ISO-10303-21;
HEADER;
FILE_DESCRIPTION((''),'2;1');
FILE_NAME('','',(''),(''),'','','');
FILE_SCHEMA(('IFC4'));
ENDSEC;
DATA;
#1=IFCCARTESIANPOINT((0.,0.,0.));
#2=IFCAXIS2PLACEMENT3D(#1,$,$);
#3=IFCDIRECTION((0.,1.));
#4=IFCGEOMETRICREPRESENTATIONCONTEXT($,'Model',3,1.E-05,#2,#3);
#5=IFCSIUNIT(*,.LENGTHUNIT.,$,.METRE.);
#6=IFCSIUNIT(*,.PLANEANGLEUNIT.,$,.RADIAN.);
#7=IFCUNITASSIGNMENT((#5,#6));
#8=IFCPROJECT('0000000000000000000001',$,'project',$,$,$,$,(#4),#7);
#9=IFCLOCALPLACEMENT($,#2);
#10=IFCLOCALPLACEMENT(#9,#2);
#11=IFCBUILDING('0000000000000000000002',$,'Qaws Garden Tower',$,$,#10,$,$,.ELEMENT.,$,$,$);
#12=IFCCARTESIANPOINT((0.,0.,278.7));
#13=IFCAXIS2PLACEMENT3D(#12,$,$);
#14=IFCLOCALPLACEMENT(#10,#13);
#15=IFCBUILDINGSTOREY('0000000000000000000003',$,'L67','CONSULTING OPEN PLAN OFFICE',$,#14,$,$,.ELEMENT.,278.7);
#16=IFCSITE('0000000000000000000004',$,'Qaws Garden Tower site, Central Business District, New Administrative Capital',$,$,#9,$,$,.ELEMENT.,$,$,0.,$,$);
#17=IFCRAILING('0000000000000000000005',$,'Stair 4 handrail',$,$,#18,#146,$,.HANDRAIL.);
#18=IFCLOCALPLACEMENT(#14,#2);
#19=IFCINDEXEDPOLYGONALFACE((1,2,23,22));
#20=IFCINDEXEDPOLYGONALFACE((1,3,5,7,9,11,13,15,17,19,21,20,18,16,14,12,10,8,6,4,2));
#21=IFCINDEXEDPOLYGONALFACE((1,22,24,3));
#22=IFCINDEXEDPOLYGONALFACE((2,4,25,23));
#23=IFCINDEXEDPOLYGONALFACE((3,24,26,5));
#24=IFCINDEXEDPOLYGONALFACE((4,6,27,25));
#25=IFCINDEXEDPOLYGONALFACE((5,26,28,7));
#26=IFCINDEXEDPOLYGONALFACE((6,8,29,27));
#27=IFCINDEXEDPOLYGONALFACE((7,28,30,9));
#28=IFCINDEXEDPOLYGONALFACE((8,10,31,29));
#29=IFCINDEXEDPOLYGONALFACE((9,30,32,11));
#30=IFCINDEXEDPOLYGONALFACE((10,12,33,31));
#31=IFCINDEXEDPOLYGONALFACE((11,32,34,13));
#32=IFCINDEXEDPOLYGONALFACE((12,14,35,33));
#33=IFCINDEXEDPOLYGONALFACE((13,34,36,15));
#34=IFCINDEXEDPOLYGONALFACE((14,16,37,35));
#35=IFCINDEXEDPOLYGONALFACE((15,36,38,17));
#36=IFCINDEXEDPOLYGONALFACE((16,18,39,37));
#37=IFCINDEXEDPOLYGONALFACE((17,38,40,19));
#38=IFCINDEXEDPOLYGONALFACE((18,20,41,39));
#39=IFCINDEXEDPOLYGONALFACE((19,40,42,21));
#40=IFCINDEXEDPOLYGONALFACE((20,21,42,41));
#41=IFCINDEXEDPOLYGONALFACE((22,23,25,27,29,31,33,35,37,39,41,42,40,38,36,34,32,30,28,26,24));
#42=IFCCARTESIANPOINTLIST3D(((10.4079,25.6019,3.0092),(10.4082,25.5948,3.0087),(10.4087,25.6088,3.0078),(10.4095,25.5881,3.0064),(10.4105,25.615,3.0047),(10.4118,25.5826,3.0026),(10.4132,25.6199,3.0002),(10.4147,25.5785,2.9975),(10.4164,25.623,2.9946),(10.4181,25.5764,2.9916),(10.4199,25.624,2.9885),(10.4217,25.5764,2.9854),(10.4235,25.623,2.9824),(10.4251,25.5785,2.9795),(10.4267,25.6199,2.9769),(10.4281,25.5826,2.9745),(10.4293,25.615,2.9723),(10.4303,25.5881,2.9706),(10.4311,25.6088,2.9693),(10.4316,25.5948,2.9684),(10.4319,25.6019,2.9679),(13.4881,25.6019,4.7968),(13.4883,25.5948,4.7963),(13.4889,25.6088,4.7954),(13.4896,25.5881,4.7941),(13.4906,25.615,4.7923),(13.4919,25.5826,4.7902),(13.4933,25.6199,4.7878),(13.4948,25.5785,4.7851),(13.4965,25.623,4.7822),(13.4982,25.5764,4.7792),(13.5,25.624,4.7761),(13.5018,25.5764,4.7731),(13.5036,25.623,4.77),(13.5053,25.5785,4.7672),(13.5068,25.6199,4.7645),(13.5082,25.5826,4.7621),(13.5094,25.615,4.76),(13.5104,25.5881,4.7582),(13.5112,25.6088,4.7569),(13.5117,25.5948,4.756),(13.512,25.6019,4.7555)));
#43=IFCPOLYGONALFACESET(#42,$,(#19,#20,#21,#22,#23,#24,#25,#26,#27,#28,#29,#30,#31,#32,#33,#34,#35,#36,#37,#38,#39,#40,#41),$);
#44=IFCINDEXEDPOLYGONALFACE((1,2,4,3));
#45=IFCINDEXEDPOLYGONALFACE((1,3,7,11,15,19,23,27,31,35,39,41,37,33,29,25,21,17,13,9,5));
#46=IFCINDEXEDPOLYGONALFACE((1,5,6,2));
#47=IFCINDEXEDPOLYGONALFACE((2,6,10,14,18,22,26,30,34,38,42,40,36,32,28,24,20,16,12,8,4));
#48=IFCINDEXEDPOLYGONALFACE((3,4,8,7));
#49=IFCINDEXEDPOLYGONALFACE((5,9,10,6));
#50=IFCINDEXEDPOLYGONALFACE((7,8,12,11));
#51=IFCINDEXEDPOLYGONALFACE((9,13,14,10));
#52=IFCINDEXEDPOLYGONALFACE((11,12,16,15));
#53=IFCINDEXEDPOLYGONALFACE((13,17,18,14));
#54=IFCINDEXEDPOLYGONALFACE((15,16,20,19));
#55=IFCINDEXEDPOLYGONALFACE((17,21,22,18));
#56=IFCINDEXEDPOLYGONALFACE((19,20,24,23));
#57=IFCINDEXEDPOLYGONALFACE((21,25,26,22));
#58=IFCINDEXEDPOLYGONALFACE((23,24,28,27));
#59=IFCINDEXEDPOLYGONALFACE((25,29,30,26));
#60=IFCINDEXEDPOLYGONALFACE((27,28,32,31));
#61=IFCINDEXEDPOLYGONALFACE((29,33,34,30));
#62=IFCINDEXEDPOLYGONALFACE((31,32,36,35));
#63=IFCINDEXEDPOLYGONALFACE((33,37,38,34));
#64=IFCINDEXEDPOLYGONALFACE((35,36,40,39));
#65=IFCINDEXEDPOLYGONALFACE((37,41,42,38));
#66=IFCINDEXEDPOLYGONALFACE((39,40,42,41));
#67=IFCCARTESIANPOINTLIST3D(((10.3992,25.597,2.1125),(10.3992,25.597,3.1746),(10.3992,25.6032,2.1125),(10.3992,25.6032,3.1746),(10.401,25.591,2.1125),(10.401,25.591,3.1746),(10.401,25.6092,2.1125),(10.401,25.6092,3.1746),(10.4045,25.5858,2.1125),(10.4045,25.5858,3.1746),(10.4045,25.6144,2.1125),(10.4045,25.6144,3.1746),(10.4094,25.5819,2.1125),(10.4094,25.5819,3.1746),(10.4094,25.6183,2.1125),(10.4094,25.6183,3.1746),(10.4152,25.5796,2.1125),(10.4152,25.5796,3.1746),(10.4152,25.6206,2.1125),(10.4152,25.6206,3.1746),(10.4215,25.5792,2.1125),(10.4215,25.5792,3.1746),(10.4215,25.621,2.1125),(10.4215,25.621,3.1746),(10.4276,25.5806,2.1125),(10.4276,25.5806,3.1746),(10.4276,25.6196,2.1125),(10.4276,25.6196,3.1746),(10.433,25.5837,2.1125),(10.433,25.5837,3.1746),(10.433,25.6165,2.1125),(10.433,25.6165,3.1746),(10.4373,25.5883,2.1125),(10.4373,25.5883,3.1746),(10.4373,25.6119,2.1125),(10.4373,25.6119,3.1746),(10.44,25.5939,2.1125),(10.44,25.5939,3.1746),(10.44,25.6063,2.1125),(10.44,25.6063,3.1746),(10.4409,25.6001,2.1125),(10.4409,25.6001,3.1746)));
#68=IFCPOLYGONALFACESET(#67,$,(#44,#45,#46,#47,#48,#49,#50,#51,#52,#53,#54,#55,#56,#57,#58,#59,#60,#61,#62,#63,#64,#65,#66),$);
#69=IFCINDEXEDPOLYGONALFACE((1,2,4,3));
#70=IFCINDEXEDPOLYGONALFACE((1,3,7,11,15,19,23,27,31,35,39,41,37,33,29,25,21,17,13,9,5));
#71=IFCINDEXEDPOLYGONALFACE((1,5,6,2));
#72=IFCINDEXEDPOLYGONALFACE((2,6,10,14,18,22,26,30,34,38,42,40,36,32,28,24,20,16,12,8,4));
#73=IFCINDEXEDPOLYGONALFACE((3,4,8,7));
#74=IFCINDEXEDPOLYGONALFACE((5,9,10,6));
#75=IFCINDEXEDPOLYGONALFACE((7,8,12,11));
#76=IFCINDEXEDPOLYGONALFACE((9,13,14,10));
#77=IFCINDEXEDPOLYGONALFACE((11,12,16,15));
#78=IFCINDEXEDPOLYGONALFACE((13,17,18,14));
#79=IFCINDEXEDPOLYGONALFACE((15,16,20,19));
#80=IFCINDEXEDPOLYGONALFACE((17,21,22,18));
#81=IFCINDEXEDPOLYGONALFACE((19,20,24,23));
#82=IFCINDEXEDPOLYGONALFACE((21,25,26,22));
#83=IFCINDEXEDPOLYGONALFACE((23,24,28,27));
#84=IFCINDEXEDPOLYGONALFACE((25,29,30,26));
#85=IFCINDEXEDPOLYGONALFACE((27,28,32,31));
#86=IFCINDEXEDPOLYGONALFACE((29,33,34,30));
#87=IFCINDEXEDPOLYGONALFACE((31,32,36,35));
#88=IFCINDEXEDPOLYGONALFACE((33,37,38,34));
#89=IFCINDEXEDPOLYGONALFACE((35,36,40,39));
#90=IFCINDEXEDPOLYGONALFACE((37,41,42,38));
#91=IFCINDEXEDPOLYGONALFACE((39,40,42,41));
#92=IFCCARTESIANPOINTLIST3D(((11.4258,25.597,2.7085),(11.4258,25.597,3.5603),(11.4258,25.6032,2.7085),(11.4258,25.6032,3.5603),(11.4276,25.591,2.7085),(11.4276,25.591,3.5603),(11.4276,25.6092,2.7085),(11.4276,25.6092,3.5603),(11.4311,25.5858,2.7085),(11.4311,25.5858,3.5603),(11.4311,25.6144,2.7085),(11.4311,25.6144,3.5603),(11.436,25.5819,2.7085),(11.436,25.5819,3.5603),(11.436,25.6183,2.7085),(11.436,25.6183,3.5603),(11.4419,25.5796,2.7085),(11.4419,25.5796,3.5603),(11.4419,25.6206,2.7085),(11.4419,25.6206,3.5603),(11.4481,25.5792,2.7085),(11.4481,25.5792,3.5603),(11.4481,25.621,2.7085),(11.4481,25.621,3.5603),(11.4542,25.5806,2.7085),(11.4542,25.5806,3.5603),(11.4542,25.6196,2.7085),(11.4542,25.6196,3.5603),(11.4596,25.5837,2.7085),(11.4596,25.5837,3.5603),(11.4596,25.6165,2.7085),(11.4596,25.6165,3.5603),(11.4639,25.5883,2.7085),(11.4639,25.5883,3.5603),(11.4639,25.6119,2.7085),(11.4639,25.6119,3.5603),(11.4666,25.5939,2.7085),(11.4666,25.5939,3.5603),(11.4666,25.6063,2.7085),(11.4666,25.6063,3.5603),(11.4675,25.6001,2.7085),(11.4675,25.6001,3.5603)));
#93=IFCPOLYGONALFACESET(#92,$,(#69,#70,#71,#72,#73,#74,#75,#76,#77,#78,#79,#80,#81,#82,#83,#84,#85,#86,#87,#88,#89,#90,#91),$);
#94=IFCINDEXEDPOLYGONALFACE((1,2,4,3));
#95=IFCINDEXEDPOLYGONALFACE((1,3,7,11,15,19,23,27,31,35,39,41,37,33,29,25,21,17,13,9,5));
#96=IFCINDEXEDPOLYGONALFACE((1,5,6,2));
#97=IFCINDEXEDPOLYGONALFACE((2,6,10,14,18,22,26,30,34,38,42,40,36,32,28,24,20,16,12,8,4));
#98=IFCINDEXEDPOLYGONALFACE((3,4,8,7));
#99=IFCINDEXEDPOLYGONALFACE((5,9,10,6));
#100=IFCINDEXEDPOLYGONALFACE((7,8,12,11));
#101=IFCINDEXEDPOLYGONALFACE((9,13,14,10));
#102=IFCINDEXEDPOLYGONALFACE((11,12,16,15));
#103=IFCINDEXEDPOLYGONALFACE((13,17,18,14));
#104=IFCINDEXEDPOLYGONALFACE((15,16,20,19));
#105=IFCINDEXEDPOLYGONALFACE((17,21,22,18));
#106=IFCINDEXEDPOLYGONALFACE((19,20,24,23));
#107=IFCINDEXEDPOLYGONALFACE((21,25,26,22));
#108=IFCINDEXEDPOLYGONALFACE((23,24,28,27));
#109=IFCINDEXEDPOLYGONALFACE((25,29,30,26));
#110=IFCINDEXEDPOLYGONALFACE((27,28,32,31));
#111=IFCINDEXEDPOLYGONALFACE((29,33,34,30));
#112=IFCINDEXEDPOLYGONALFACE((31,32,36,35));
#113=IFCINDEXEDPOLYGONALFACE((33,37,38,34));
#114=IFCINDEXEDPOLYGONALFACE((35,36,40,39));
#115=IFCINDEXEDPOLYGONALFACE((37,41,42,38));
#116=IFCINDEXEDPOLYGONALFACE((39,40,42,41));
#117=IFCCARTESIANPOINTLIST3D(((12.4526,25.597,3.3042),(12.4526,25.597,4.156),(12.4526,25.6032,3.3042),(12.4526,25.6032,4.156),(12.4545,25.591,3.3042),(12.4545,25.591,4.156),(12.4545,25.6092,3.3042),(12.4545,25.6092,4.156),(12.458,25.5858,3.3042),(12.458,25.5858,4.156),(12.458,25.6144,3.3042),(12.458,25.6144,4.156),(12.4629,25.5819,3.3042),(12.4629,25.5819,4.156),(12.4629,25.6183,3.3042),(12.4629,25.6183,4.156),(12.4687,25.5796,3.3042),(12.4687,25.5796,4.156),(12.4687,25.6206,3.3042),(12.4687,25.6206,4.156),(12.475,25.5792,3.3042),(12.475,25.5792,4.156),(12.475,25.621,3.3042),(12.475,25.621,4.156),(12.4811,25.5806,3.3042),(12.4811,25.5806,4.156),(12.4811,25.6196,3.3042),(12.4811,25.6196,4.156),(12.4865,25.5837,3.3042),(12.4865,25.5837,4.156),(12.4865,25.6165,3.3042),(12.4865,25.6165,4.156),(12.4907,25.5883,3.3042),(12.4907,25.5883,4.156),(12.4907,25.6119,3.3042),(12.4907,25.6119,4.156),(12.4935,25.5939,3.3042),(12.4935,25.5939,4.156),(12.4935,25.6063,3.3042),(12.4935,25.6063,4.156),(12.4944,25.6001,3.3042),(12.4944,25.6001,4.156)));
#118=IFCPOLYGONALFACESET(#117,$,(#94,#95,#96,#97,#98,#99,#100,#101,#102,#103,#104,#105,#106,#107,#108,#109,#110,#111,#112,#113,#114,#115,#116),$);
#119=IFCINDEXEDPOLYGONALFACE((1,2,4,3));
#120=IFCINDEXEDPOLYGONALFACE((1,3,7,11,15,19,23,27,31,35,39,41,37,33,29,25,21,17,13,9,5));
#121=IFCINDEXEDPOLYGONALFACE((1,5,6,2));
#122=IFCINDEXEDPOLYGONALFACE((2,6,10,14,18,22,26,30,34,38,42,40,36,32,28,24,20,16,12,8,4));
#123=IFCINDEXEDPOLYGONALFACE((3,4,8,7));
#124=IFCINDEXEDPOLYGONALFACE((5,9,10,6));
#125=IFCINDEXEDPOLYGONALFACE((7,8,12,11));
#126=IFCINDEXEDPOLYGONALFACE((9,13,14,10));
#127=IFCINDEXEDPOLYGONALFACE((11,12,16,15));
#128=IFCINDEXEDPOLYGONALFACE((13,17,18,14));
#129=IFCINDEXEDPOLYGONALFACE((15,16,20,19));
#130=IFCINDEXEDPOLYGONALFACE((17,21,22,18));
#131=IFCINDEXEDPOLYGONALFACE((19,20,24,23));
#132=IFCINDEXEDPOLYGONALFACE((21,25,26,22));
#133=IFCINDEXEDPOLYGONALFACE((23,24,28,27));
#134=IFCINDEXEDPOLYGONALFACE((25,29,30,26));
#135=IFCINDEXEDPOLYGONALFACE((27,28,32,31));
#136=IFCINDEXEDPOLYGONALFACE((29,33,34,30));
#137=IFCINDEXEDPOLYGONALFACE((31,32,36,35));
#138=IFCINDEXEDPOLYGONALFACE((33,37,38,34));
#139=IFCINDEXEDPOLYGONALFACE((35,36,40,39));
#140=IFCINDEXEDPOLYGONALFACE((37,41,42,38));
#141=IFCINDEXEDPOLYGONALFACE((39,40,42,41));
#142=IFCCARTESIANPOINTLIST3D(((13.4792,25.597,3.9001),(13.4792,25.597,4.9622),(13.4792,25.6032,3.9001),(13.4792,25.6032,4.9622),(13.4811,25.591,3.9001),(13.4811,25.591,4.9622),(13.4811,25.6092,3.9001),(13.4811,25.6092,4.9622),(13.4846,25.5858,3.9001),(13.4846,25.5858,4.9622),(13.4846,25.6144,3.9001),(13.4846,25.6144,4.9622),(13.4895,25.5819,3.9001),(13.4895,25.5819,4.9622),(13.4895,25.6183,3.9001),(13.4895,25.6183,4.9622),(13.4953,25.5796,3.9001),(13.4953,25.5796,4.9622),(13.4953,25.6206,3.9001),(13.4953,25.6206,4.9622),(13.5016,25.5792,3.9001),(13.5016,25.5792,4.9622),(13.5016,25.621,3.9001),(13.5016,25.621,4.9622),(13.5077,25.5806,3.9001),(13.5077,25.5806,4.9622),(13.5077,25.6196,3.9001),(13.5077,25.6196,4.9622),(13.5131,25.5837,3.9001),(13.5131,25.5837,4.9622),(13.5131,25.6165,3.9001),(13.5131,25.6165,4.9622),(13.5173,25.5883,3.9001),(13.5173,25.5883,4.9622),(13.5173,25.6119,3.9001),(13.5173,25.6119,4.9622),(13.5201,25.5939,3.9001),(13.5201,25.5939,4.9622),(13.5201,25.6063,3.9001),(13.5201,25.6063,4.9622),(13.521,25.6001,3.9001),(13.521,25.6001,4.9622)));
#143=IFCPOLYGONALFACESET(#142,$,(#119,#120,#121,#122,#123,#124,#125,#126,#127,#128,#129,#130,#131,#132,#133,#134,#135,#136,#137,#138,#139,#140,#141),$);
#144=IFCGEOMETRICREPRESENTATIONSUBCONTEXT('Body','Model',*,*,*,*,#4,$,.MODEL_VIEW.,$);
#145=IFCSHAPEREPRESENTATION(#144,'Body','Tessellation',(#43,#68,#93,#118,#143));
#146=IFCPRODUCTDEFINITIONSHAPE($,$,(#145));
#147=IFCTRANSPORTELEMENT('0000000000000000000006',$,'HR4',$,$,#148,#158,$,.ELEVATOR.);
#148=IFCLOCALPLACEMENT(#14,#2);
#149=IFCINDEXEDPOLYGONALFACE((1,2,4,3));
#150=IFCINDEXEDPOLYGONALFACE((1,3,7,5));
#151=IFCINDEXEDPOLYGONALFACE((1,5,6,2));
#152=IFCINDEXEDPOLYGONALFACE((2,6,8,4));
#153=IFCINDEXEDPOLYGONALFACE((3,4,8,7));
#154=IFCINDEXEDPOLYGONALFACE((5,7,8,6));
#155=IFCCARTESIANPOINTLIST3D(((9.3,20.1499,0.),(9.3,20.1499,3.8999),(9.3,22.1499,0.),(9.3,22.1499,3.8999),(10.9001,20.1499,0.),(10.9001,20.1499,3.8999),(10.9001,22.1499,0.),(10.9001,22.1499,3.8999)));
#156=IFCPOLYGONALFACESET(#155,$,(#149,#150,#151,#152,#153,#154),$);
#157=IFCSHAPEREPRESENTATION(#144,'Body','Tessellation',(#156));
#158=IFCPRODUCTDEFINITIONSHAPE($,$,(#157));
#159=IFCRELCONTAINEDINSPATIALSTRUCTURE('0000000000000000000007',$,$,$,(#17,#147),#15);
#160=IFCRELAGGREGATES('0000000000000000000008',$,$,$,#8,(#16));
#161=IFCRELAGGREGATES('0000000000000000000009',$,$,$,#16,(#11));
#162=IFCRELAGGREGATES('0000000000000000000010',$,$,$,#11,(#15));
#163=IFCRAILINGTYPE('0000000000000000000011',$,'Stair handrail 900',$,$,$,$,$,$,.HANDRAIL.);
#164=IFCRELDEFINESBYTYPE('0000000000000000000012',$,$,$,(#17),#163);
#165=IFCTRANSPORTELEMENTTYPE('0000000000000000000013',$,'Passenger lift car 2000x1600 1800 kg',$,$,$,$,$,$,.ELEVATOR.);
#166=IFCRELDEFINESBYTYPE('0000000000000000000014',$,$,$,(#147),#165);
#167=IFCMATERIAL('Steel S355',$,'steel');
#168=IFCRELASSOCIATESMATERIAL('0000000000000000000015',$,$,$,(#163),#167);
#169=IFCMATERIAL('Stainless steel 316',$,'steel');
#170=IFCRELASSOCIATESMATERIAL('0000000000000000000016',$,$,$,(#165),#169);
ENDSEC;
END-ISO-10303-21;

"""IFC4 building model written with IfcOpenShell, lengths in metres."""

from ifc_helpers import new_model, si_unit, direction, frame, origin, origin_2d, place, context, subcontext, project, spatial, rectangle, circle, extrude, material, type_object, element, save


model = new_model("IFC4")

# Units and contexts
model_context = context("Model", 3, precision=1e-05, world=origin(), true_north=direction((0.0, 1.0)))
body_context = subcontext(model_context, "Body", "Model", "MODEL_VIEW")
ifc_project = project(units=[si_unit("LENGTHUNIT", "METRE"), si_unit("PLANEANGLEUNIT", "RADIAN")], contexts=[model_context])

# Site, building, storey
site_placement = place(None, origin())
site = spatial("IfcSite", under=ifc_project, at=site_placement, Name="Qaws Garden Tower site, Central Business District, New Administrative Capital", CompositionType="ELEMENT", RefElevation=0.0)
building_placement = place(site_placement, origin())
building = spatial("IfcBuilding", under=site, at=building_placement, Name="Qaws Garden Tower", CompositionType="ELEMENT")
storey_placement = place(building_placement, frame((0.0, 0.0, 278.7)))
storey = spatial("IfcBuildingStorey", under=building, at=storey_placement, Name="L67", Description="CONSULTING OPEN PLAN OFFICE", CompositionType="ELEMENT", Elevation=278.7)

# Railing
ifc_material_1 = material(Name="Steel S355", Category="steel")
railing_type = type_object("IfcRailingType", Name="Stair handrail 900", PredefinedType="HANDRAIL", material=ifc_material_1)
railing_1_placement = place(storey_placement, frame((10.4199, 25.6001, 2.1125)))
element("IfcRailing", 1, at=railing_1_placement, inside=storey, type_object=railing_type, Name="Stair 4 handrail", PredefinedType="HANDRAIL", context=body_context, shape_type="SweptSolid", body=[
    extrude(circle(Radius=0.0239, at=origin_2d()), frame((0.0, 0.0, 0.876), z_axis=(0.864891, 0.0, 0.50196), x_axis=(0.0, 1.0, 0.0)), (0.0, 0.0, 1.0), 3.5613),
    extrude(circle(Radius=0.021, at=origin_2d()), origin(), (0.0, 0.0, 1.0), 1.062),
    extrude(circle(Radius=0.021, at=origin_2d()), frame((1.0266, 0.0, 0.5959)), (0.0, 0.0, 1.0), 0.8518),
    extrude(circle(Radius=0.021, at=origin_2d()), frame((2.0535, 0.0, 1.1917)), (0.0, 0.0, 1.0), 0.8518),
    extrude(circle(Radius=0.021, at=origin_2d()), frame((3.0801, 0.0, 1.7876)), (0.0, 0.0, 1.0), 1.062),
])

# Transport element
ifc_material_2 = material(Name="Stainless steel 316", Category="steel")
transport_element_type = type_object("IfcTransportElementType", Name="Passenger lift car 2000x1600 1800 kg", PredefinedType="ELEVATOR", material=ifc_material_2)
transport_element_placement = place(storey_placement, frame((10.1001, 21.1499, 0.0), z_axis=(0.0, 0.0, 1.0), x_axis=(1.0, 0.0, 0.0)))
element("IfcTransportElement", 2, at=transport_element_placement, inside=storey, type_object=transport_element_type, Name="HR4", PredefinedType="ELEVATOR", context=body_context, shape_type="SweptSolid", body=[
    extrude(rectangle(XDim=1.6001, YDim=2.0, at=origin_2d()), origin(), (0.0, 0.0, 1.0), 3.8999),
])

save(model, "model.ifc")
